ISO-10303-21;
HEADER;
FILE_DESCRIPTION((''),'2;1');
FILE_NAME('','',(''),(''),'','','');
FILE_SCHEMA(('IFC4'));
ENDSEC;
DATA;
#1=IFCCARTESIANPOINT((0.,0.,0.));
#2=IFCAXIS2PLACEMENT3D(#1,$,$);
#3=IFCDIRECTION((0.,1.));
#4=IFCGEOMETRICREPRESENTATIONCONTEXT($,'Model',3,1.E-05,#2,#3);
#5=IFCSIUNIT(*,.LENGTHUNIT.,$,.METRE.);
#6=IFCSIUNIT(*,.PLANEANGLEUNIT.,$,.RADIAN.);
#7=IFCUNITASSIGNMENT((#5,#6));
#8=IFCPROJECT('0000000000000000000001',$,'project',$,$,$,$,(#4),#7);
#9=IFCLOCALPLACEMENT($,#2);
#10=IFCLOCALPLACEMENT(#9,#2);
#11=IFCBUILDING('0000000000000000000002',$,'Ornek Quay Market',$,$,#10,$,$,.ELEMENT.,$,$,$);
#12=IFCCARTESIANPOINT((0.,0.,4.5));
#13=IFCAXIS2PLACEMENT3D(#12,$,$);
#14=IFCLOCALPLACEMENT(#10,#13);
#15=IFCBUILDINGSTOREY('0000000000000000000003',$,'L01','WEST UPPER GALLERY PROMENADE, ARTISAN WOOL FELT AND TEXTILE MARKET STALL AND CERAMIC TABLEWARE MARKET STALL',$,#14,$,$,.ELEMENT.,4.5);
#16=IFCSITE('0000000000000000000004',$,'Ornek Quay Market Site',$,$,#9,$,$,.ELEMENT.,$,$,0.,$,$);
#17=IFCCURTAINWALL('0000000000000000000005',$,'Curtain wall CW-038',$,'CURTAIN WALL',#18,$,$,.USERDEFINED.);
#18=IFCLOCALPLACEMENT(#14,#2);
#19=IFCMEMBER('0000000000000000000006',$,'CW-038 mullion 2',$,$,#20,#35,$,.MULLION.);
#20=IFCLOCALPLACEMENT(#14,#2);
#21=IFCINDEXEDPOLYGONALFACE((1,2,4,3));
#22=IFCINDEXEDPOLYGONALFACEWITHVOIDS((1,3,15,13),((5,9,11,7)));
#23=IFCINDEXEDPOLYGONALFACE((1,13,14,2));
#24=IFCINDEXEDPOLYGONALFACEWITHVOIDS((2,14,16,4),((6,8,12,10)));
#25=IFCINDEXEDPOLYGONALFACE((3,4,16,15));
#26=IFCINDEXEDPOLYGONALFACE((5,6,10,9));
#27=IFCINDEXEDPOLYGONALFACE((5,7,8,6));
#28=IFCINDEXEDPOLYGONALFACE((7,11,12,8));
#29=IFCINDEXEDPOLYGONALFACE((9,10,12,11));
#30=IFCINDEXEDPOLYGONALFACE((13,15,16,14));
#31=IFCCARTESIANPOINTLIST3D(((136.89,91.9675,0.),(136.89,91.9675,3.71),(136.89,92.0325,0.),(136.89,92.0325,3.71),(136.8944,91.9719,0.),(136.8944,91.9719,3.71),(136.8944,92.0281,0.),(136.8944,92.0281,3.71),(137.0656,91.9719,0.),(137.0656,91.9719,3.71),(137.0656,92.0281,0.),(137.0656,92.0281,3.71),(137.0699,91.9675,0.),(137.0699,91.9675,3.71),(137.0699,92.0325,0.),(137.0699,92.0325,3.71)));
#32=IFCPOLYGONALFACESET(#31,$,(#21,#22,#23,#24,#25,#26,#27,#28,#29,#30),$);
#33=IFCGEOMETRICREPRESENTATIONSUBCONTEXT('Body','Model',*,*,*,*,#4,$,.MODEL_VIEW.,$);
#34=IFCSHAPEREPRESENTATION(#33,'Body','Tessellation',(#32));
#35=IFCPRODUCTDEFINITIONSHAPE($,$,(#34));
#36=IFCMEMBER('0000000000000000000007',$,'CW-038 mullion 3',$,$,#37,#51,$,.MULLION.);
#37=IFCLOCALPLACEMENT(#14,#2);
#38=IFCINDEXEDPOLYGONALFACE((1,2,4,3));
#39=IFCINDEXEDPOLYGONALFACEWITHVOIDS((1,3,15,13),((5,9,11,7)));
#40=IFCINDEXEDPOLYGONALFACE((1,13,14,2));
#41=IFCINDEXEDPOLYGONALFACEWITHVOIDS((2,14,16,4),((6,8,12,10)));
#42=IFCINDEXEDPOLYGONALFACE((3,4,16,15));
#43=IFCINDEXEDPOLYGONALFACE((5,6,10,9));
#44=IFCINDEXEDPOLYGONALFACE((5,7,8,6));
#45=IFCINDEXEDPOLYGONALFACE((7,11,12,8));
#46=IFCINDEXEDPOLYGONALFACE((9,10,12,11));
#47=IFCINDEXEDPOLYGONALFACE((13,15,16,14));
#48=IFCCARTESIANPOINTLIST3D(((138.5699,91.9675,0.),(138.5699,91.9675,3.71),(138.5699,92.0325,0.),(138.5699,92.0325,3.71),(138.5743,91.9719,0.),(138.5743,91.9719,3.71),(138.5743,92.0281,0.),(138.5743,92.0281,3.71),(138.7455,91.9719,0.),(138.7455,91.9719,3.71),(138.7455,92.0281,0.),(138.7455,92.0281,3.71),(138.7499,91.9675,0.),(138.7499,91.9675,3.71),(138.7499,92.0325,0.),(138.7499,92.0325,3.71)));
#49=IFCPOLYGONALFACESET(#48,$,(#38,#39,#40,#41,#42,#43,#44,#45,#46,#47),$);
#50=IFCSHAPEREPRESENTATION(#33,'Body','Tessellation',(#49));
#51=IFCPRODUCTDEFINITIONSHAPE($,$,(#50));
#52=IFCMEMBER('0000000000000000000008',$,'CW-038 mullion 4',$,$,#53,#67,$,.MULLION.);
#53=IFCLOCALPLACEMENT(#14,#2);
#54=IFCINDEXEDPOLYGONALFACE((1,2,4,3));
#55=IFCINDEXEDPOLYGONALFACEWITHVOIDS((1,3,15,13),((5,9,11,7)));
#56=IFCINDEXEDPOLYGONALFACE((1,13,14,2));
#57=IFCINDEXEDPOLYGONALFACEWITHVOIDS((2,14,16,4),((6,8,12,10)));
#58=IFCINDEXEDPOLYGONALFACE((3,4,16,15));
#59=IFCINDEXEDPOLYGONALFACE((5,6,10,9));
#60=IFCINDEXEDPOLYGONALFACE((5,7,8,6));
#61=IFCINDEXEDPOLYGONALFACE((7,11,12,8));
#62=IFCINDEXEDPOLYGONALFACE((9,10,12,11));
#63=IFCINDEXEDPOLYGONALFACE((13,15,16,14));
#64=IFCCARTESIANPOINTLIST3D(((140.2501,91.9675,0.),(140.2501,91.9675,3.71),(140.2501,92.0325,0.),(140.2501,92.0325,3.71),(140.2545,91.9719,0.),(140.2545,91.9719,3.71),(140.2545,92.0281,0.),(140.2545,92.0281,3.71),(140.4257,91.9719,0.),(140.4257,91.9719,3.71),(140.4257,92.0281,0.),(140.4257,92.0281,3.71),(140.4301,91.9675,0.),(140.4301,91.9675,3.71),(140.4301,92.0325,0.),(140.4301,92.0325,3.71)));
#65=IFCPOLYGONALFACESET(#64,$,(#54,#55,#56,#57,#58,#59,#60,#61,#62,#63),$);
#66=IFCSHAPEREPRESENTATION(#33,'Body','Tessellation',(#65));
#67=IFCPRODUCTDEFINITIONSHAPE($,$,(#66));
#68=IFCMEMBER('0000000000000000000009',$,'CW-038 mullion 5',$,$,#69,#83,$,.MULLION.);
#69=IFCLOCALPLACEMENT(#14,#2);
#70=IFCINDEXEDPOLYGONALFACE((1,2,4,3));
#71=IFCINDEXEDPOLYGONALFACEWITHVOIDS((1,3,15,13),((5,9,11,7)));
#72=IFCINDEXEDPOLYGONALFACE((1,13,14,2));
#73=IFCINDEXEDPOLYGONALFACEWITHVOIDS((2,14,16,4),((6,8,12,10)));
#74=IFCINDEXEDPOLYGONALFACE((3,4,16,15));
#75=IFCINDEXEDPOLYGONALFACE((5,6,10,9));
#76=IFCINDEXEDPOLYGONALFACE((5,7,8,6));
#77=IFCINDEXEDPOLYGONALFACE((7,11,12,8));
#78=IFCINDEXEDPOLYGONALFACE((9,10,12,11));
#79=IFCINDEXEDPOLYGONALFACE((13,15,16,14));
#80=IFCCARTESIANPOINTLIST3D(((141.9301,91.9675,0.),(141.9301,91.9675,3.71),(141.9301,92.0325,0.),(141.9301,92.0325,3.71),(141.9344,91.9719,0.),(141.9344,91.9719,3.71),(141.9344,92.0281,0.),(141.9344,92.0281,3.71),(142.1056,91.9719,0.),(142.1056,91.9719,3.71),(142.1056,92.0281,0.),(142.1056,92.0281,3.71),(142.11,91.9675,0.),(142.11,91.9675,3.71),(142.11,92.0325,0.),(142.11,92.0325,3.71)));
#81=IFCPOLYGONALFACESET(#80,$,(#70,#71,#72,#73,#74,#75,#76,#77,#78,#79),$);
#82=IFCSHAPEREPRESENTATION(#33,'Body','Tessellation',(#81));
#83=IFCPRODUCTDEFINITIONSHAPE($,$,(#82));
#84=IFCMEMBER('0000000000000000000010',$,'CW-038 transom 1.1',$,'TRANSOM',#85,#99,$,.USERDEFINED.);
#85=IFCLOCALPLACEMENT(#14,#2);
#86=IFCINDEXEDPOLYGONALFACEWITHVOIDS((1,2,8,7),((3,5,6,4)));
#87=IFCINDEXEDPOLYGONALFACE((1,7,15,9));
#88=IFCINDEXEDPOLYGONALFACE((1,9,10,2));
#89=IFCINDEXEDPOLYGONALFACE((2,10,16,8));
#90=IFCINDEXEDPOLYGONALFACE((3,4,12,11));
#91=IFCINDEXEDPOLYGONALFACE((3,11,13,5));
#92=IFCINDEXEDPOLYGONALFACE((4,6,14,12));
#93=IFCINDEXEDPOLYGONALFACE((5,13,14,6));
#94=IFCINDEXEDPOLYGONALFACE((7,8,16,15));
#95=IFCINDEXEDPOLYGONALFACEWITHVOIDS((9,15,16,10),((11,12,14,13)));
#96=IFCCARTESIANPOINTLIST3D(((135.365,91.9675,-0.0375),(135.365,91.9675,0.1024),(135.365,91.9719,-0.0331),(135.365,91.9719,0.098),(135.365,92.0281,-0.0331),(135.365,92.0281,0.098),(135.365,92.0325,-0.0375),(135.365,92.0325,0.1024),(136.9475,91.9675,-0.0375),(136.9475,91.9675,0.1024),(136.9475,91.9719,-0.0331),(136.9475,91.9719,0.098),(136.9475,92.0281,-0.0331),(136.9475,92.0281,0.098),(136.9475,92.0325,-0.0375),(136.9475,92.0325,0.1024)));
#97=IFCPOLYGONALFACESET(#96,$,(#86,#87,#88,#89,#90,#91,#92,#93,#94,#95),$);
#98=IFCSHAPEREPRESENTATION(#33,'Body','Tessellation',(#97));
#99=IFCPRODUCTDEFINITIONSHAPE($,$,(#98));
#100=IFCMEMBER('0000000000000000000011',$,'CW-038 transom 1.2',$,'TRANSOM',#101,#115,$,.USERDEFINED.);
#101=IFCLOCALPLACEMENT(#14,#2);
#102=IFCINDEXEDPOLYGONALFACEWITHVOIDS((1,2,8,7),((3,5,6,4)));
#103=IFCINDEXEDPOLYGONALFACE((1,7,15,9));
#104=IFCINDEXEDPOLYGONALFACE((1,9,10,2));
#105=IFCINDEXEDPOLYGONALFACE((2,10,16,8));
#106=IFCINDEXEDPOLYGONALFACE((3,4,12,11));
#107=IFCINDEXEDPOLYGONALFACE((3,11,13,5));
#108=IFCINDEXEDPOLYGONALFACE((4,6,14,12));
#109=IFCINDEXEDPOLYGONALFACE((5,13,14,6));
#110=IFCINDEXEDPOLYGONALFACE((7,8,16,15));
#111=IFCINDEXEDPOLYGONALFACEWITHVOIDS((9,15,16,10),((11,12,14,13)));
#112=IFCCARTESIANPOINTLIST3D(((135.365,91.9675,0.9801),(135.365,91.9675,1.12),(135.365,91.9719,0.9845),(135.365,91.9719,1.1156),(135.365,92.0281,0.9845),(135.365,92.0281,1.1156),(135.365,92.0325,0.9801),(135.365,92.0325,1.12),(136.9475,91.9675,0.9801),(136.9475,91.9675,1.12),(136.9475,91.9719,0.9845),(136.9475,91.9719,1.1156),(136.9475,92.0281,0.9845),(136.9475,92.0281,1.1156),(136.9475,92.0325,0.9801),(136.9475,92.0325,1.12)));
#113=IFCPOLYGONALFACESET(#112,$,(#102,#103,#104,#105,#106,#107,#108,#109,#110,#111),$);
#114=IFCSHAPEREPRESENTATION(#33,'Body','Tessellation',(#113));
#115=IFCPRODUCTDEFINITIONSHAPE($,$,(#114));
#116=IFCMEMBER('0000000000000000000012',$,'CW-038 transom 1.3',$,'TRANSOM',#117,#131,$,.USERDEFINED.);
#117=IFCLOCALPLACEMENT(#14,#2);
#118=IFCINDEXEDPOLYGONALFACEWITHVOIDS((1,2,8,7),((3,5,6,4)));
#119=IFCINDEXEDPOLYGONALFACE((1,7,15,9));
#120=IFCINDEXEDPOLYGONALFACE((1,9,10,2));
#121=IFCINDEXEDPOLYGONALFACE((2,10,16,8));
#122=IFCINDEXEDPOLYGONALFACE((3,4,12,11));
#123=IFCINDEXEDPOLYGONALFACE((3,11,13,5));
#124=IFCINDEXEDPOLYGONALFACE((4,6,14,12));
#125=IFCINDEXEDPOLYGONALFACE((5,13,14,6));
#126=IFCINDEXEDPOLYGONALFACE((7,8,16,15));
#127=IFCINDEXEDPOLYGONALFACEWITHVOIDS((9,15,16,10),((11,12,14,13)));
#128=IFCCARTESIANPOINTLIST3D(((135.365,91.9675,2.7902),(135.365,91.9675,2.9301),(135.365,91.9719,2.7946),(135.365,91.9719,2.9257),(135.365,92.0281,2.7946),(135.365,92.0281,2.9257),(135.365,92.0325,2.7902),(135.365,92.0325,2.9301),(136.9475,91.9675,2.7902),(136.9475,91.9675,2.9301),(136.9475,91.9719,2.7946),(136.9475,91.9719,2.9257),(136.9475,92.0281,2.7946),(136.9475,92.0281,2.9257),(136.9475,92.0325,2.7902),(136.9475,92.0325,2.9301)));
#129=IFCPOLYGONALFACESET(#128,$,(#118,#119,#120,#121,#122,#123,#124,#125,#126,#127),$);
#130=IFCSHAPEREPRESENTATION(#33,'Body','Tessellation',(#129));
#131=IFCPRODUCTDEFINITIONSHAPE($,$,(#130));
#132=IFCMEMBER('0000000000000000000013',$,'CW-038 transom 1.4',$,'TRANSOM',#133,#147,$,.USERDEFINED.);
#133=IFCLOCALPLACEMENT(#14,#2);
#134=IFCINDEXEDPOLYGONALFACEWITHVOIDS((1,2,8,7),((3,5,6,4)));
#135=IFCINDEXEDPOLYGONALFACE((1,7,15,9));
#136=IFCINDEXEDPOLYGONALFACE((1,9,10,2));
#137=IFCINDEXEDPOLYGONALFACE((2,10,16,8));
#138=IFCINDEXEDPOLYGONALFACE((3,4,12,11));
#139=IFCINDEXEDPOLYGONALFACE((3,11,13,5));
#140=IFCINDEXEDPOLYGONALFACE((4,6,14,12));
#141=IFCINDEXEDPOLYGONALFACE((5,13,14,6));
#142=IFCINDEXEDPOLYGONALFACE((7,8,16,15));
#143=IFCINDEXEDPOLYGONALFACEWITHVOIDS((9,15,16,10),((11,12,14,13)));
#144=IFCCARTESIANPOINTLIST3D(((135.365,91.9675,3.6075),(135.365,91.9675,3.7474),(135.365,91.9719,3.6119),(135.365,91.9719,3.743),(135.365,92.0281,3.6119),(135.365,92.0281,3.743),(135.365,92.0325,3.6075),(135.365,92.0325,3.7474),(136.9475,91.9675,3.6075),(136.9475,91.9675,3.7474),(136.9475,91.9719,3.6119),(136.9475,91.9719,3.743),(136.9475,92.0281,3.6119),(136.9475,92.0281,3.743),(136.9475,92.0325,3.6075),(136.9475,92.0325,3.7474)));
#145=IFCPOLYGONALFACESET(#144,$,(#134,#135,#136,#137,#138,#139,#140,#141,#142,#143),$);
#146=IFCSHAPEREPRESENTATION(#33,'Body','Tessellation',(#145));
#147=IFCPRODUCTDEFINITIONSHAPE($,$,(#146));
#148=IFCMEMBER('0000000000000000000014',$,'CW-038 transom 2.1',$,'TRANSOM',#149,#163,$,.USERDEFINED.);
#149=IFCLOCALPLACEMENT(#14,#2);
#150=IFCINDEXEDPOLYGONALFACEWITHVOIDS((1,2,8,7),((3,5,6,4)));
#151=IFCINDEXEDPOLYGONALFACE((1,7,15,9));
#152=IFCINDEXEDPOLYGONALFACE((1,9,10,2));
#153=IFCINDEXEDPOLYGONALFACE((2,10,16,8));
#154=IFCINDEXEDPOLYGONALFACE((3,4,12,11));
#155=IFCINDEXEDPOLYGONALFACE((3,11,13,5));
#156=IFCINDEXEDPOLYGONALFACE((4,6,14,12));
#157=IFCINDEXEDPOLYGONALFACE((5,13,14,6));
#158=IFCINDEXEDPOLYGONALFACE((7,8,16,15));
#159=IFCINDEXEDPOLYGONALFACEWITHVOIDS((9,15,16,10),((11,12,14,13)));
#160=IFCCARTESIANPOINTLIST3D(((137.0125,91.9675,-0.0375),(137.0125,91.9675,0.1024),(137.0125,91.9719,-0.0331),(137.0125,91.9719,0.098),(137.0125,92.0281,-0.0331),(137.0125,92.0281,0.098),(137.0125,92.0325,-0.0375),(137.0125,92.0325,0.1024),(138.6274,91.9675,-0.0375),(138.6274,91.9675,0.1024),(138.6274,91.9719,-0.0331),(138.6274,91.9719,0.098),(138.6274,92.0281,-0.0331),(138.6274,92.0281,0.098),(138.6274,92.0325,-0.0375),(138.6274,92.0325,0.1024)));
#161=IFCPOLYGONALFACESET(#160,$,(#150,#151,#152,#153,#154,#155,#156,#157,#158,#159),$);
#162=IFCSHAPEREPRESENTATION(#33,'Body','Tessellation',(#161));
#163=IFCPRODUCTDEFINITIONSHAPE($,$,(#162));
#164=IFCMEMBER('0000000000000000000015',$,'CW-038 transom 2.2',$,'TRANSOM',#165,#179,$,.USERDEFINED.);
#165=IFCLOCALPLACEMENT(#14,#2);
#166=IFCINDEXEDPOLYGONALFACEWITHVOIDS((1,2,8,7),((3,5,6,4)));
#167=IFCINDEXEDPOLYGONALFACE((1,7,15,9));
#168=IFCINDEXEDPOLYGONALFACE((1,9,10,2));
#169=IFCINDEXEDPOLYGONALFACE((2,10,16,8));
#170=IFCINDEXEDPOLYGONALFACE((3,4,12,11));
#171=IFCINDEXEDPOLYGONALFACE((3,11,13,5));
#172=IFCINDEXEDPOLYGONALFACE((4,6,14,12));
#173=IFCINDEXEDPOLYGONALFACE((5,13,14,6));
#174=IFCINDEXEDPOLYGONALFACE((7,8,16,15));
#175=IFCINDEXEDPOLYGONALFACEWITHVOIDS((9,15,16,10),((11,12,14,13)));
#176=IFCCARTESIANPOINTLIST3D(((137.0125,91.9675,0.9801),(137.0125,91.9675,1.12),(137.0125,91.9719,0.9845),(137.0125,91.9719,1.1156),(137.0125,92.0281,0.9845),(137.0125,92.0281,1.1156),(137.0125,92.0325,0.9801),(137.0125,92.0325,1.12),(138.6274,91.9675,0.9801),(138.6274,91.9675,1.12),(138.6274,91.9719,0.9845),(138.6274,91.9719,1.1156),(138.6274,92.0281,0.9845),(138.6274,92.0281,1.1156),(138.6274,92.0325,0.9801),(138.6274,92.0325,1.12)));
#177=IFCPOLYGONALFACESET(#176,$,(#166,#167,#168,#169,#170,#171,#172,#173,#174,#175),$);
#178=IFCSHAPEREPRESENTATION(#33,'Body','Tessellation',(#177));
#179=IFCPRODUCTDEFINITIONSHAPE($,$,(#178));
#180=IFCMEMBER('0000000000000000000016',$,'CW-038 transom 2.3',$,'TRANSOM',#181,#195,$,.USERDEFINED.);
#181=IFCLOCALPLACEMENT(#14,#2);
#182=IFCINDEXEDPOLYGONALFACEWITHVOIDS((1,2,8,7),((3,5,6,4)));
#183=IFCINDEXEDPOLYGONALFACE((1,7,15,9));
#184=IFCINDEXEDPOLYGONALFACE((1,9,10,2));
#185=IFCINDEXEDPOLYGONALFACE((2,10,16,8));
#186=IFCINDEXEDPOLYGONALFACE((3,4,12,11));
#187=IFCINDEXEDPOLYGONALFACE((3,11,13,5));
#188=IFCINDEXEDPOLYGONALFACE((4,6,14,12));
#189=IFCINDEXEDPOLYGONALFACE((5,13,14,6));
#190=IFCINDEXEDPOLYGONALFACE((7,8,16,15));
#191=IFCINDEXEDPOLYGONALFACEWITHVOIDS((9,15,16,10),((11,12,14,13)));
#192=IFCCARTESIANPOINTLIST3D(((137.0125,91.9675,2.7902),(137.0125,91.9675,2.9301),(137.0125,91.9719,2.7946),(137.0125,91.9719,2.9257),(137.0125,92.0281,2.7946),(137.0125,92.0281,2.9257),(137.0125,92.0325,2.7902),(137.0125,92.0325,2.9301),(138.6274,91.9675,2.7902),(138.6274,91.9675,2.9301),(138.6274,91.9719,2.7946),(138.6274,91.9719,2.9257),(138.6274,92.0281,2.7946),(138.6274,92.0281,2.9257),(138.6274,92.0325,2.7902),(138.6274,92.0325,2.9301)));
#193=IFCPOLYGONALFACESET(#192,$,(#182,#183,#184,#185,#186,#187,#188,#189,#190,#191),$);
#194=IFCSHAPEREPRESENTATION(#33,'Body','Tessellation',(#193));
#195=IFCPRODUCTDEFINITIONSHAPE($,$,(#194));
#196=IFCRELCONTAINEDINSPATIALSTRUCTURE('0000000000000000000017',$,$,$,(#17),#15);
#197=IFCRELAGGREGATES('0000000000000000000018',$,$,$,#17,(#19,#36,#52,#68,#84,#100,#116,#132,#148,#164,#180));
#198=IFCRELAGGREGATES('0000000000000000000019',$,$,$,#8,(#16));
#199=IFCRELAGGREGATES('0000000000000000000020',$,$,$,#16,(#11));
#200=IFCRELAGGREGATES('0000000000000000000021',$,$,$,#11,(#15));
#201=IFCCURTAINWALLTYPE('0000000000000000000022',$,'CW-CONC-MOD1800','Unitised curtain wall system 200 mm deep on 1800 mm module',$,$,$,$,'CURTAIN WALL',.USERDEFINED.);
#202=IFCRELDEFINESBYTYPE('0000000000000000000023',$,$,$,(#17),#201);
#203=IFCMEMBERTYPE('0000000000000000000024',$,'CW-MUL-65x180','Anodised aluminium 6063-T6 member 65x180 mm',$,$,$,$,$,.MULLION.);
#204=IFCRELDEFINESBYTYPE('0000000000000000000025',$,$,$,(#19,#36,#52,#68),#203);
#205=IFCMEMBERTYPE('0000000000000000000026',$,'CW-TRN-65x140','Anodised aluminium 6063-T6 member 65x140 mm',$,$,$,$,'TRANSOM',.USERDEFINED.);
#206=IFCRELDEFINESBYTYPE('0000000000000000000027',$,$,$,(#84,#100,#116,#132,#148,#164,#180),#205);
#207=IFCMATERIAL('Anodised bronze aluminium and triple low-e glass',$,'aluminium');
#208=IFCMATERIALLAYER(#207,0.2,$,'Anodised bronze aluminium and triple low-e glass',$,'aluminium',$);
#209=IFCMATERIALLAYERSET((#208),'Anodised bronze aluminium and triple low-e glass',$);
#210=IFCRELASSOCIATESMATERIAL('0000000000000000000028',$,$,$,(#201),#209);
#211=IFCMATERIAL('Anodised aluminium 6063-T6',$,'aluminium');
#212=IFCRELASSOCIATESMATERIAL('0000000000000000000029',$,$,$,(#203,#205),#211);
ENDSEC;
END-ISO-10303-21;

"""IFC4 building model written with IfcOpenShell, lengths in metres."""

from ifc_helpers import new_model, si_unit, direction, frame, origin, origin_2d, place, context, subcontext, project, spatial, hollow_rectangle, extrude, material, layer, layer_set, material_profile, profile_set, type_object, element, aggregate, save


model = new_model("IFC4")

# Units and contexts
model_context = context("Model", 3, precision=1e-05, world=origin(), true_north=direction((0.0, 1.0)))
body_context = subcontext(model_context, "Body", "Model", "MODEL_VIEW")
ifc_project = project(units=[si_unit("LENGTHUNIT", "METRE"), si_unit("PLANEANGLEUNIT", "RADIAN")], contexts=[model_context])

# Site, building, storey
site_placement = place(None, origin())
site = spatial("IfcSite", under=ifc_project, at=site_placement, Name="Ornek Quay Market Site", CompositionType="ELEMENT", RefElevation=0.0)
building_placement = place(site_placement, origin())
building = spatial("IfcBuilding", under=site, at=building_placement, Name="Ornek Quay Market", CompositionType="ELEMENT")
storey_placement = place(building_placement, frame((0.0, 0.0, 4.5)))
storey = spatial("IfcBuildingStorey", under=building, at=storey_placement, Name="L01", Description="WEST UPPER GALLERY PROMENADE, ARTISAN WOOL FELT AND TEXTILE MARKET STALL AND CERAMIC TABLEWARE MARKET STALL", CompositionType="ELEMENT", Elevation=4.5)

# Curtain wall, members
ifc_material_1 = material(Name="Anodised bronze aluminium and triple low-e glass", Category="aluminium")
ifc_layer_1 = layer(ifc_material_1, 0.2, Name="Anodised bronze aluminium and triple low-e glass", Category="aluminium")
ifc_layer_set_1 = layer_set([ifc_layer_1], Name="Anodised bronze aluminium and triple low-e glass")
curtain_wall_type = type_object("IfcCurtainWallType", Name="CW-CONC-MOD1800", Description="Unitised curtain wall system 200 mm deep on 1800 mm module", ElementType="CURTAIN WALL", PredefinedType="USERDEFINED", material=ifc_layer_set_1)
curtain_wall_placement = place(storey_placement, origin())
curtain_wall = element("IfcCurtainWall", 1, at=curtain_wall_placement, inside=storey, type_object=curtain_wall_type, Name="Curtain wall CW-038", ObjectType="CURTAIN WALL", PredefinedType="USERDEFINED")
ifc_material_2 = material(Name="Anodised aluminium 6063-T6", Category="aluminium")
ifc_material_profile_1 = material_profile(ifc_material_2, hollow_rectangle(XDim=0.0649, YDim=0.1799, WallThickness=0.0044, at=origin_2d()), Name="CW-MUL-65x180", Category="aluminium")
ifc_profile_set_1 = profile_set([ifc_material_profile_1], Name="Anodised aluminium 6063-T6")
member_type_1 = type_object("IfcMemberType", Name="CW-MUL-65x180", Description="Anodised aluminium 6063-T6 member 65x180 mm", PredefinedType="MULLION", material=ifc_profile_set_1)
member_1_placement = place(storey_placement, frame((136.98, 92.0, 0.0), z_axis=(0.0, 0.0, 1.0), x_axis=(0.0, 1.0, 0.0)))
member_1 = element("IfcMember", 2, at=member_1_placement, type_object=member_type_1, Name="CW-038 mullion 2", PredefinedType="MULLION", context=body_context, shape_type="SweptSolid", body=[
    extrude(hollow_rectangle(XDim=0.0649, YDim=0.1799, WallThickness=0.0044, at=origin_2d()), origin(), (0.0, 0.0, 1.0), 3.71),
])
member_2_placement = place(storey_placement, frame((138.6599, 92.0, 0.0), z_axis=(0.0, 0.0, 1.0), x_axis=(0.0, 1.0, 0.0)))
member_2 = element("IfcMember", 3, at=member_2_placement, type_object=member_type_1, Name="CW-038 mullion 3", PredefinedType="MULLION", context=body_context, shape_type="SweptSolid", body=[
    extrude(hollow_rectangle(XDim=0.0649, YDim=0.1799, WallThickness=0.0044, at=origin_2d()), origin(), (0.0, 0.0, 1.0), 3.71),
])
member_3_placement = place(storey_placement, frame((140.3401, 92.0, 0.0), z_axis=(0.0, 0.0, 1.0), x_axis=(0.0, 1.0, 0.0)))
member_3 = element("IfcMember", 4, at=member_3_placement, type_object=member_type_1, Name="CW-038 mullion 4", PredefinedType="MULLION", context=body_context, shape_type="SweptSolid", body=[
    extrude(hollow_rectangle(XDim=0.0649, YDim=0.1799, WallThickness=0.0044, at=origin_2d()), origin(), (0.0, 0.0, 1.0), 3.71),
])
member_4_placement = place(storey_placement, frame((142.02, 92.0, 0.0), z_axis=(0.0, 0.0, 1.0), x_axis=(0.0, 1.0, 0.0)))
member_4 = element("IfcMember", 5, at=member_4_placement, type_object=member_type_1, Name="CW-038 mullion 5", PredefinedType="MULLION", context=body_context, shape_type="SweptSolid", body=[
    extrude(hollow_rectangle(XDim=0.0649, YDim=0.1799, WallThickness=0.0044, at=origin_2d()), origin(), (0.0, 0.0, 1.0), 3.71),
])
ifc_material_profile_2 = material_profile(ifc_material_2, hollow_rectangle(XDim=0.0649, YDim=0.1399, WallThickness=0.0044, at=origin_2d()), Name="CW-TRN-65x140", Category="aluminium")
ifc_profile_set_2 = profile_set([ifc_material_profile_2], Name="Anodised aluminium 6063-T6")
member_type_2 = type_object("IfcMemberType", Name="CW-TRN-65x140", Description="Anodised aluminium 6063-T6 member 65x140 mm", ElementType="TRANSOM", PredefinedType="USERDEFINED", material=ifc_profile_set_2)
member_5_placement = place(storey_placement, frame((135.365, 92.0, 0.0325), z_axis=(1.0, 0.0, 0.0), x_axis=(0.0, 1.0, 0.0)))
member_5 = element("IfcMember", 6, at=member_5_placement, type_object=member_type_2, Name="CW-038 transom 1.1", ObjectType="TRANSOM", PredefinedType="USERDEFINED", context=body_context, shape_type="SweptSolid", body=[
    extrude(hollow_rectangle(XDim=0.0649, YDim=0.1399, WallThickness=0.0044, at=origin_2d()), origin(), (0.0, 0.0, 1.0), 1.5825),
])
member_6_placement = place(storey_placement, frame((135.365, 92.0, 1.05), z_axis=(1.0, 0.0, 0.0), x_axis=(0.0, 1.0, 0.0)))
member_6 = element("IfcMember", 7, at=member_6_placement, type_object=member_type_2, Name="CW-038 transom 1.2", ObjectType="TRANSOM", PredefinedType="USERDEFINED", context=body_context, shape_type="SweptSolid", body=[
    extrude(hollow_rectangle(XDim=0.0649, YDim=0.1399, WallThickness=0.0044, at=origin_2d()), origin(), (0.0, 0.0, 1.0), 1.5825),
])
member_7_placement = place(storey_placement, frame((135.365, 92.0, 2.8601), z_axis=(1.0, 0.0, 0.0), x_axis=(0.0, 1.0, 0.0)))
member_7 = element("IfcMember", 8, at=member_7_placement, type_object=member_type_2, Name="CW-038 transom 1.3", ObjectType="TRANSOM", PredefinedType="USERDEFINED", context=body_context, shape_type="SweptSolid", body=[
    extrude(hollow_rectangle(XDim=0.0649, YDim=0.1399, WallThickness=0.0044, at=origin_2d()), origin(), (0.0, 0.0, 1.0), 1.5825),
])
member_8_placement = place(storey_placement, frame((135.365, 92.0, 3.6775), z_axis=(1.0, 0.0, 0.0), x_axis=(0.0, 1.0, 0.0)))
member_8 = element("IfcMember", 9, at=member_8_placement, type_object=member_type_2, Name="CW-038 transom 1.4", ObjectType="TRANSOM", PredefinedType="USERDEFINED", context=body_context, shape_type="SweptSolid", body=[
    extrude(hollow_rectangle(XDim=0.0649, YDim=0.1399, WallThickness=0.0044, at=origin_2d()), origin(), (0.0, 0.0, 1.0), 1.5825),
])
member_9_placement = place(storey_placement, frame((137.0125, 92.0, 0.0325), z_axis=(1.0, 0.0, 0.0), x_axis=(0.0, 1.0, 0.0)))
member_9 = element("IfcMember", 10, at=member_9_placement, type_object=member_type_2, Name="CW-038 transom 2.1", ObjectType="TRANSOM", PredefinedType="USERDEFINED", context=body_context, shape_type="SweptSolid", body=[
    extrude(hollow_rectangle(XDim=0.0649, YDim=0.1399, WallThickness=0.0044, at=origin_2d()), origin(), (0.0, 0.0, 1.0), 1.615),
])
member_10_placement = place(storey_placement, frame((137.0125, 92.0, 1.05), z_axis=(1.0, 0.0, 0.0), x_axis=(0.0, 1.0, 0.0)))
member_10 = element("IfcMember", 11, at=member_10_placement, type_object=member_type_2, Name="CW-038 transom 2.2", ObjectType="TRANSOM", PredefinedType="USERDEFINED", context=body_context, shape_type="SweptSolid", body=[
    extrude(hollow_rectangle(XDim=0.0649, YDim=0.1399, WallThickness=0.0044, at=origin_2d()), origin(), (0.0, 0.0, 1.0), 1.615),
])
member_11_placement = place(storey_placement, frame((137.0125, 92.0, 2.8601), z_axis=(1.0, 0.0, 0.0), x_axis=(0.0, 1.0, 0.0)))
member_11 = element("IfcMember", 12, at=member_11_placement, type_object=member_type_2, Name="CW-038 transom 2.3", ObjectType="TRANSOM", PredefinedType="USERDEFINED", context=body_context, shape_type="SweptSolid", body=[
    extrude(hollow_rectangle(XDim=0.0649, YDim=0.1399, WallThickness=0.0044, at=origin_2d()), origin(), (0.0, 0.0, 1.0), 1.615),
])
aggregate(curtain_wall, [member_1, member_2, member_3, member_4, member_5, member_6, member_7, member_8, member_9, member_10, member_11])

save(model, "model.ifc")
